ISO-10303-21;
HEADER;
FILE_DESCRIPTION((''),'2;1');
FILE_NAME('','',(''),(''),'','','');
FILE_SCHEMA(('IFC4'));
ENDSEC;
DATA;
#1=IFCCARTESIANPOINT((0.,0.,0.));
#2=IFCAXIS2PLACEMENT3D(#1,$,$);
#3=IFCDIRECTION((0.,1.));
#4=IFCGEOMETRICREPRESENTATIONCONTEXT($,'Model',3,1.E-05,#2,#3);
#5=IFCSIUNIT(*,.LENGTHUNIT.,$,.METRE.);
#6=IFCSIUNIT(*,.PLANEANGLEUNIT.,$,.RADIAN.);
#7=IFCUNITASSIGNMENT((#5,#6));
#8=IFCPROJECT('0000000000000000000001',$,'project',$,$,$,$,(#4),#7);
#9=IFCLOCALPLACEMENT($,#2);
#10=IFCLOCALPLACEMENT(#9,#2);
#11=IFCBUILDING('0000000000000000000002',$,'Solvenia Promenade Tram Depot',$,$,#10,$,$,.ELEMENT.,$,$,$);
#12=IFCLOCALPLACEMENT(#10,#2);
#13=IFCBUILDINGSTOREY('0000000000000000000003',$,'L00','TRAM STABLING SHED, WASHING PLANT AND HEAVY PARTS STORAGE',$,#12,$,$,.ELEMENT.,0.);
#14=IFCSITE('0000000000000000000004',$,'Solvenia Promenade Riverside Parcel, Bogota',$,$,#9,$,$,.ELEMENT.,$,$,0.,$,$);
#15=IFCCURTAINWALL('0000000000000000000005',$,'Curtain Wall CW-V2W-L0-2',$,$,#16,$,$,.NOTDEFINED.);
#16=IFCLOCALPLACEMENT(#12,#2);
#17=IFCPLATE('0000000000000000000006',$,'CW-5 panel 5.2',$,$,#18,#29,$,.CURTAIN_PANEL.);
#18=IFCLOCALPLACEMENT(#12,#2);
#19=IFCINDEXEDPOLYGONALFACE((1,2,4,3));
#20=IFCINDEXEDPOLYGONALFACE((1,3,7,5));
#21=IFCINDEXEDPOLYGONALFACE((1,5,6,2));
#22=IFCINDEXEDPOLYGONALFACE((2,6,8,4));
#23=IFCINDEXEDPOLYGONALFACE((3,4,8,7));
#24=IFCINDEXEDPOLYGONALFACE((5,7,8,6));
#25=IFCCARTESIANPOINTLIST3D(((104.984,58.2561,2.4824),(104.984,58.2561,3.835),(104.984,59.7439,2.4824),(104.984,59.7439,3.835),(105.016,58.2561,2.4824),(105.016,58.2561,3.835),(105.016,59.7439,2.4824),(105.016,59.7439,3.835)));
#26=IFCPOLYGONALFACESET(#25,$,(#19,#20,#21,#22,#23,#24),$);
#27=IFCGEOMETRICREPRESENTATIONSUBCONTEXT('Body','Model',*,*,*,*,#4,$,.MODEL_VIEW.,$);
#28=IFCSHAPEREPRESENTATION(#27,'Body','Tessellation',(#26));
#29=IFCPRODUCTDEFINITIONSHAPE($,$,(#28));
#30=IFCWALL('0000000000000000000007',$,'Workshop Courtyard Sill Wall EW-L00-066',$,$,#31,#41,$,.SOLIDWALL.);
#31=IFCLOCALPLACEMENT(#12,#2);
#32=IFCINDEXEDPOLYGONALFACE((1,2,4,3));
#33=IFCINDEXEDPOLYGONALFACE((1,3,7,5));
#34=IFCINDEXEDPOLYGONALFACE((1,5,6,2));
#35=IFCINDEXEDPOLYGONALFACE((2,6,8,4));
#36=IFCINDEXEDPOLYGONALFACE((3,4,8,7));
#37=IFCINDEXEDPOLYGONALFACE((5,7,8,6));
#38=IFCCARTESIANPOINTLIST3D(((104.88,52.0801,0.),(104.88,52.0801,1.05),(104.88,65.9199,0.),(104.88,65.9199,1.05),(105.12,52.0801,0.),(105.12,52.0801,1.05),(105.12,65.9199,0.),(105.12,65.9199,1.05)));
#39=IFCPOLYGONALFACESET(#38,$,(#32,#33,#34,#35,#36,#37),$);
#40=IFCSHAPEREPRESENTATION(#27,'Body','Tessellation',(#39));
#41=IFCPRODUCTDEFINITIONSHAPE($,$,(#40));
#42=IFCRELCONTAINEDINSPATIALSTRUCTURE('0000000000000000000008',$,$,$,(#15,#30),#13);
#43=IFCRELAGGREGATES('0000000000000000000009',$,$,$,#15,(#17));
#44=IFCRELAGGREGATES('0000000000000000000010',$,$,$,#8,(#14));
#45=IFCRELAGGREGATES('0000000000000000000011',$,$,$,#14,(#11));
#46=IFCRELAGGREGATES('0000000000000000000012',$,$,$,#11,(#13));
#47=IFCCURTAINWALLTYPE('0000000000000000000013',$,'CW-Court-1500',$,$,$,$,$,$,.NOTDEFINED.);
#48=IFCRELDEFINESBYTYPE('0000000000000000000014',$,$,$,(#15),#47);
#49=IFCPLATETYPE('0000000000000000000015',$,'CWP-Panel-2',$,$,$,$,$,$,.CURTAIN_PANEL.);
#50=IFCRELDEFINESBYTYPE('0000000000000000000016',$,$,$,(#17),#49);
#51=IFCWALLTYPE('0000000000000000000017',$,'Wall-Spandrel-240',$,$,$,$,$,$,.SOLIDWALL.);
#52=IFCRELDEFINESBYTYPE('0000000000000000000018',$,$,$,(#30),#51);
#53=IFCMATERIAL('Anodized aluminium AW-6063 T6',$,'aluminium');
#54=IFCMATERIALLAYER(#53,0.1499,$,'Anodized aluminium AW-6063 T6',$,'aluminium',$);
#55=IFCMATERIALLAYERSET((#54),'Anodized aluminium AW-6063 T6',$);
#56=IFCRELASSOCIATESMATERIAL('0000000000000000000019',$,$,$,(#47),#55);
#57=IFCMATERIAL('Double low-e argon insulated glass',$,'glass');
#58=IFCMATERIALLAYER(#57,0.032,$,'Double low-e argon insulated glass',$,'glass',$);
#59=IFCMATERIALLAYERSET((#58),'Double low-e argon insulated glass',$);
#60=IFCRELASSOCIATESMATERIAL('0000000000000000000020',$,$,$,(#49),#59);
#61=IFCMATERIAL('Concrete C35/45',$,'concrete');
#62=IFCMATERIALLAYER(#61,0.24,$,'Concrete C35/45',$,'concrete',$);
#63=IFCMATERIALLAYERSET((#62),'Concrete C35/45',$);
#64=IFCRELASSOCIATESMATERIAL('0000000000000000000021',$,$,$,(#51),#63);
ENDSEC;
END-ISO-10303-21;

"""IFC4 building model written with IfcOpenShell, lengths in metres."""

from ifc_helpers import new_model, si_unit, direction, frame, frame_2d, origin, origin_2d, place, context, subcontext, project, spatial, rectangle, extrude, material, layer, layer_set, type_object, element, aggregate, save


model = new_model("IFC4")

# Units and contexts
model_context = context("Model", 3, precision=1e-05, world=origin(), true_north=direction((0.0, 1.0)))
body_context = subcontext(model_context, "Body", "Model", "MODEL_VIEW")
ifc_project = project(units=[si_unit("LENGTHUNIT", "METRE"), si_unit("PLANEANGLEUNIT", "RADIAN")], contexts=[model_context])

# Site, building, storey
site_placement = place(None, origin())
site = spatial("IfcSite", under=ifc_project, at=site_placement, Name="Solvenia Promenade Riverside Parcel, Bogota", CompositionType="ELEMENT", RefElevation=0.0)
building_placement = place(site_placement, origin())
building = spatial("IfcBuilding", under=site, at=building_placement, Name="Solvenia Promenade Tram Depot", CompositionType="ELEMENT")
storey_placement = place(building_placement, origin())
storey = spatial("IfcBuildingStorey", under=building, at=storey_placement, Name="L00", Description="TRAM STABLING SHED, WASHING PLANT AND HEAVY PARTS STORAGE", CompositionType="ELEMENT", Elevation=0.0)

# Curtain wall, plate
ifc_material_1 = material(Name="Anodized aluminium AW-6063 T6", Category="aluminium")
ifc_layer_1 = layer(ifc_material_1, 0.1499, Name="Anodized aluminium AW-6063 T6", Category="aluminium")
ifc_layer_set_1 = layer_set([ifc_layer_1], Name="Anodized aluminium AW-6063 T6")
curtain_wall_type = type_object("IfcCurtainWallType", Name="CW-Court-1500", PredefinedType="NOTDEFINED", material=ifc_layer_set_1)
curtain_wall_placement = place(storey_placement, origin())
curtain_wall = element("IfcCurtainWall", 1, at=curtain_wall_placement, inside=storey, type_object=curtain_wall_type, Name="Curtain Wall CW-V2W-L0-2", PredefinedType="NOTDEFINED")
ifc_material_2 = material(Name="Double low-e argon insulated glass", Category="glass")
ifc_layer_2 = layer(ifc_material_2, 0.032, Name="Double low-e argon insulated glass", Category="glass")
ifc_layer_set_2 = layer_set([ifc_layer_2], Name="Double low-e argon insulated glass")
plate_type = type_object("IfcPlateType", Name="CWP-Panel-2", PredefinedType="CURTAIN_PANEL", material=ifc_layer_set_2)
plate_1_placement = place(storey_placement, frame((105.0, 59.0, 2.4824), z_axis=(0.0, 0.0, 1.0), x_axis=(0.0, 1.0, 0.0)))
plate_1 = element("IfcPlate", 2, at=plate_1_placement, type_object=plate_type, Name="CW-5 panel 5.2", PredefinedType="CURTAIN_PANEL", context=body_context, shape_type="SweptSolid", body=[
    extrude(rectangle(XDim=1.4878, YDim=0.032, at=origin_2d()), origin(), (0.0, 0.0, 1.0), 1.3525),
])
aggregate(curtain_wall, [plate_1])

# Wall
ifc_material_3 = material(Name="Concrete C35/45", Category="concrete")
ifc_layer_3 = layer(ifc_material_3, 0.24, Name="Concrete C35/45", Category="concrete")
ifc_layer_set_3 = layer_set([ifc_layer_3], Name="Concrete C35/45")
wall_type = type_object("IfcWallType", Name="Wall-Spandrel-240", PredefinedType="SOLIDWALL", material=ifc_layer_set_3)
wall_placement = place(storey_placement, frame((105.0, 52.0801, 0.0), z_axis=(0.0, 0.0, 1.0), x_axis=(0.0, 1.0, 0.0)))
element("IfcWall", 3, at=wall_placement, inside=storey, type_object=wall_type, Name="Workshop Courtyard Sill Wall EW-L00-066", PredefinedType="SOLIDWALL", context=body_context, shape_type="SweptSolid", body=[
    extrude(rectangle(XDim=13.8398, YDim=0.24, at=frame_2d((6.9199, 0.0))), origin(), (0.0, 0.0, 1.0), 1.05),
])

save(model, "model.ifc")
